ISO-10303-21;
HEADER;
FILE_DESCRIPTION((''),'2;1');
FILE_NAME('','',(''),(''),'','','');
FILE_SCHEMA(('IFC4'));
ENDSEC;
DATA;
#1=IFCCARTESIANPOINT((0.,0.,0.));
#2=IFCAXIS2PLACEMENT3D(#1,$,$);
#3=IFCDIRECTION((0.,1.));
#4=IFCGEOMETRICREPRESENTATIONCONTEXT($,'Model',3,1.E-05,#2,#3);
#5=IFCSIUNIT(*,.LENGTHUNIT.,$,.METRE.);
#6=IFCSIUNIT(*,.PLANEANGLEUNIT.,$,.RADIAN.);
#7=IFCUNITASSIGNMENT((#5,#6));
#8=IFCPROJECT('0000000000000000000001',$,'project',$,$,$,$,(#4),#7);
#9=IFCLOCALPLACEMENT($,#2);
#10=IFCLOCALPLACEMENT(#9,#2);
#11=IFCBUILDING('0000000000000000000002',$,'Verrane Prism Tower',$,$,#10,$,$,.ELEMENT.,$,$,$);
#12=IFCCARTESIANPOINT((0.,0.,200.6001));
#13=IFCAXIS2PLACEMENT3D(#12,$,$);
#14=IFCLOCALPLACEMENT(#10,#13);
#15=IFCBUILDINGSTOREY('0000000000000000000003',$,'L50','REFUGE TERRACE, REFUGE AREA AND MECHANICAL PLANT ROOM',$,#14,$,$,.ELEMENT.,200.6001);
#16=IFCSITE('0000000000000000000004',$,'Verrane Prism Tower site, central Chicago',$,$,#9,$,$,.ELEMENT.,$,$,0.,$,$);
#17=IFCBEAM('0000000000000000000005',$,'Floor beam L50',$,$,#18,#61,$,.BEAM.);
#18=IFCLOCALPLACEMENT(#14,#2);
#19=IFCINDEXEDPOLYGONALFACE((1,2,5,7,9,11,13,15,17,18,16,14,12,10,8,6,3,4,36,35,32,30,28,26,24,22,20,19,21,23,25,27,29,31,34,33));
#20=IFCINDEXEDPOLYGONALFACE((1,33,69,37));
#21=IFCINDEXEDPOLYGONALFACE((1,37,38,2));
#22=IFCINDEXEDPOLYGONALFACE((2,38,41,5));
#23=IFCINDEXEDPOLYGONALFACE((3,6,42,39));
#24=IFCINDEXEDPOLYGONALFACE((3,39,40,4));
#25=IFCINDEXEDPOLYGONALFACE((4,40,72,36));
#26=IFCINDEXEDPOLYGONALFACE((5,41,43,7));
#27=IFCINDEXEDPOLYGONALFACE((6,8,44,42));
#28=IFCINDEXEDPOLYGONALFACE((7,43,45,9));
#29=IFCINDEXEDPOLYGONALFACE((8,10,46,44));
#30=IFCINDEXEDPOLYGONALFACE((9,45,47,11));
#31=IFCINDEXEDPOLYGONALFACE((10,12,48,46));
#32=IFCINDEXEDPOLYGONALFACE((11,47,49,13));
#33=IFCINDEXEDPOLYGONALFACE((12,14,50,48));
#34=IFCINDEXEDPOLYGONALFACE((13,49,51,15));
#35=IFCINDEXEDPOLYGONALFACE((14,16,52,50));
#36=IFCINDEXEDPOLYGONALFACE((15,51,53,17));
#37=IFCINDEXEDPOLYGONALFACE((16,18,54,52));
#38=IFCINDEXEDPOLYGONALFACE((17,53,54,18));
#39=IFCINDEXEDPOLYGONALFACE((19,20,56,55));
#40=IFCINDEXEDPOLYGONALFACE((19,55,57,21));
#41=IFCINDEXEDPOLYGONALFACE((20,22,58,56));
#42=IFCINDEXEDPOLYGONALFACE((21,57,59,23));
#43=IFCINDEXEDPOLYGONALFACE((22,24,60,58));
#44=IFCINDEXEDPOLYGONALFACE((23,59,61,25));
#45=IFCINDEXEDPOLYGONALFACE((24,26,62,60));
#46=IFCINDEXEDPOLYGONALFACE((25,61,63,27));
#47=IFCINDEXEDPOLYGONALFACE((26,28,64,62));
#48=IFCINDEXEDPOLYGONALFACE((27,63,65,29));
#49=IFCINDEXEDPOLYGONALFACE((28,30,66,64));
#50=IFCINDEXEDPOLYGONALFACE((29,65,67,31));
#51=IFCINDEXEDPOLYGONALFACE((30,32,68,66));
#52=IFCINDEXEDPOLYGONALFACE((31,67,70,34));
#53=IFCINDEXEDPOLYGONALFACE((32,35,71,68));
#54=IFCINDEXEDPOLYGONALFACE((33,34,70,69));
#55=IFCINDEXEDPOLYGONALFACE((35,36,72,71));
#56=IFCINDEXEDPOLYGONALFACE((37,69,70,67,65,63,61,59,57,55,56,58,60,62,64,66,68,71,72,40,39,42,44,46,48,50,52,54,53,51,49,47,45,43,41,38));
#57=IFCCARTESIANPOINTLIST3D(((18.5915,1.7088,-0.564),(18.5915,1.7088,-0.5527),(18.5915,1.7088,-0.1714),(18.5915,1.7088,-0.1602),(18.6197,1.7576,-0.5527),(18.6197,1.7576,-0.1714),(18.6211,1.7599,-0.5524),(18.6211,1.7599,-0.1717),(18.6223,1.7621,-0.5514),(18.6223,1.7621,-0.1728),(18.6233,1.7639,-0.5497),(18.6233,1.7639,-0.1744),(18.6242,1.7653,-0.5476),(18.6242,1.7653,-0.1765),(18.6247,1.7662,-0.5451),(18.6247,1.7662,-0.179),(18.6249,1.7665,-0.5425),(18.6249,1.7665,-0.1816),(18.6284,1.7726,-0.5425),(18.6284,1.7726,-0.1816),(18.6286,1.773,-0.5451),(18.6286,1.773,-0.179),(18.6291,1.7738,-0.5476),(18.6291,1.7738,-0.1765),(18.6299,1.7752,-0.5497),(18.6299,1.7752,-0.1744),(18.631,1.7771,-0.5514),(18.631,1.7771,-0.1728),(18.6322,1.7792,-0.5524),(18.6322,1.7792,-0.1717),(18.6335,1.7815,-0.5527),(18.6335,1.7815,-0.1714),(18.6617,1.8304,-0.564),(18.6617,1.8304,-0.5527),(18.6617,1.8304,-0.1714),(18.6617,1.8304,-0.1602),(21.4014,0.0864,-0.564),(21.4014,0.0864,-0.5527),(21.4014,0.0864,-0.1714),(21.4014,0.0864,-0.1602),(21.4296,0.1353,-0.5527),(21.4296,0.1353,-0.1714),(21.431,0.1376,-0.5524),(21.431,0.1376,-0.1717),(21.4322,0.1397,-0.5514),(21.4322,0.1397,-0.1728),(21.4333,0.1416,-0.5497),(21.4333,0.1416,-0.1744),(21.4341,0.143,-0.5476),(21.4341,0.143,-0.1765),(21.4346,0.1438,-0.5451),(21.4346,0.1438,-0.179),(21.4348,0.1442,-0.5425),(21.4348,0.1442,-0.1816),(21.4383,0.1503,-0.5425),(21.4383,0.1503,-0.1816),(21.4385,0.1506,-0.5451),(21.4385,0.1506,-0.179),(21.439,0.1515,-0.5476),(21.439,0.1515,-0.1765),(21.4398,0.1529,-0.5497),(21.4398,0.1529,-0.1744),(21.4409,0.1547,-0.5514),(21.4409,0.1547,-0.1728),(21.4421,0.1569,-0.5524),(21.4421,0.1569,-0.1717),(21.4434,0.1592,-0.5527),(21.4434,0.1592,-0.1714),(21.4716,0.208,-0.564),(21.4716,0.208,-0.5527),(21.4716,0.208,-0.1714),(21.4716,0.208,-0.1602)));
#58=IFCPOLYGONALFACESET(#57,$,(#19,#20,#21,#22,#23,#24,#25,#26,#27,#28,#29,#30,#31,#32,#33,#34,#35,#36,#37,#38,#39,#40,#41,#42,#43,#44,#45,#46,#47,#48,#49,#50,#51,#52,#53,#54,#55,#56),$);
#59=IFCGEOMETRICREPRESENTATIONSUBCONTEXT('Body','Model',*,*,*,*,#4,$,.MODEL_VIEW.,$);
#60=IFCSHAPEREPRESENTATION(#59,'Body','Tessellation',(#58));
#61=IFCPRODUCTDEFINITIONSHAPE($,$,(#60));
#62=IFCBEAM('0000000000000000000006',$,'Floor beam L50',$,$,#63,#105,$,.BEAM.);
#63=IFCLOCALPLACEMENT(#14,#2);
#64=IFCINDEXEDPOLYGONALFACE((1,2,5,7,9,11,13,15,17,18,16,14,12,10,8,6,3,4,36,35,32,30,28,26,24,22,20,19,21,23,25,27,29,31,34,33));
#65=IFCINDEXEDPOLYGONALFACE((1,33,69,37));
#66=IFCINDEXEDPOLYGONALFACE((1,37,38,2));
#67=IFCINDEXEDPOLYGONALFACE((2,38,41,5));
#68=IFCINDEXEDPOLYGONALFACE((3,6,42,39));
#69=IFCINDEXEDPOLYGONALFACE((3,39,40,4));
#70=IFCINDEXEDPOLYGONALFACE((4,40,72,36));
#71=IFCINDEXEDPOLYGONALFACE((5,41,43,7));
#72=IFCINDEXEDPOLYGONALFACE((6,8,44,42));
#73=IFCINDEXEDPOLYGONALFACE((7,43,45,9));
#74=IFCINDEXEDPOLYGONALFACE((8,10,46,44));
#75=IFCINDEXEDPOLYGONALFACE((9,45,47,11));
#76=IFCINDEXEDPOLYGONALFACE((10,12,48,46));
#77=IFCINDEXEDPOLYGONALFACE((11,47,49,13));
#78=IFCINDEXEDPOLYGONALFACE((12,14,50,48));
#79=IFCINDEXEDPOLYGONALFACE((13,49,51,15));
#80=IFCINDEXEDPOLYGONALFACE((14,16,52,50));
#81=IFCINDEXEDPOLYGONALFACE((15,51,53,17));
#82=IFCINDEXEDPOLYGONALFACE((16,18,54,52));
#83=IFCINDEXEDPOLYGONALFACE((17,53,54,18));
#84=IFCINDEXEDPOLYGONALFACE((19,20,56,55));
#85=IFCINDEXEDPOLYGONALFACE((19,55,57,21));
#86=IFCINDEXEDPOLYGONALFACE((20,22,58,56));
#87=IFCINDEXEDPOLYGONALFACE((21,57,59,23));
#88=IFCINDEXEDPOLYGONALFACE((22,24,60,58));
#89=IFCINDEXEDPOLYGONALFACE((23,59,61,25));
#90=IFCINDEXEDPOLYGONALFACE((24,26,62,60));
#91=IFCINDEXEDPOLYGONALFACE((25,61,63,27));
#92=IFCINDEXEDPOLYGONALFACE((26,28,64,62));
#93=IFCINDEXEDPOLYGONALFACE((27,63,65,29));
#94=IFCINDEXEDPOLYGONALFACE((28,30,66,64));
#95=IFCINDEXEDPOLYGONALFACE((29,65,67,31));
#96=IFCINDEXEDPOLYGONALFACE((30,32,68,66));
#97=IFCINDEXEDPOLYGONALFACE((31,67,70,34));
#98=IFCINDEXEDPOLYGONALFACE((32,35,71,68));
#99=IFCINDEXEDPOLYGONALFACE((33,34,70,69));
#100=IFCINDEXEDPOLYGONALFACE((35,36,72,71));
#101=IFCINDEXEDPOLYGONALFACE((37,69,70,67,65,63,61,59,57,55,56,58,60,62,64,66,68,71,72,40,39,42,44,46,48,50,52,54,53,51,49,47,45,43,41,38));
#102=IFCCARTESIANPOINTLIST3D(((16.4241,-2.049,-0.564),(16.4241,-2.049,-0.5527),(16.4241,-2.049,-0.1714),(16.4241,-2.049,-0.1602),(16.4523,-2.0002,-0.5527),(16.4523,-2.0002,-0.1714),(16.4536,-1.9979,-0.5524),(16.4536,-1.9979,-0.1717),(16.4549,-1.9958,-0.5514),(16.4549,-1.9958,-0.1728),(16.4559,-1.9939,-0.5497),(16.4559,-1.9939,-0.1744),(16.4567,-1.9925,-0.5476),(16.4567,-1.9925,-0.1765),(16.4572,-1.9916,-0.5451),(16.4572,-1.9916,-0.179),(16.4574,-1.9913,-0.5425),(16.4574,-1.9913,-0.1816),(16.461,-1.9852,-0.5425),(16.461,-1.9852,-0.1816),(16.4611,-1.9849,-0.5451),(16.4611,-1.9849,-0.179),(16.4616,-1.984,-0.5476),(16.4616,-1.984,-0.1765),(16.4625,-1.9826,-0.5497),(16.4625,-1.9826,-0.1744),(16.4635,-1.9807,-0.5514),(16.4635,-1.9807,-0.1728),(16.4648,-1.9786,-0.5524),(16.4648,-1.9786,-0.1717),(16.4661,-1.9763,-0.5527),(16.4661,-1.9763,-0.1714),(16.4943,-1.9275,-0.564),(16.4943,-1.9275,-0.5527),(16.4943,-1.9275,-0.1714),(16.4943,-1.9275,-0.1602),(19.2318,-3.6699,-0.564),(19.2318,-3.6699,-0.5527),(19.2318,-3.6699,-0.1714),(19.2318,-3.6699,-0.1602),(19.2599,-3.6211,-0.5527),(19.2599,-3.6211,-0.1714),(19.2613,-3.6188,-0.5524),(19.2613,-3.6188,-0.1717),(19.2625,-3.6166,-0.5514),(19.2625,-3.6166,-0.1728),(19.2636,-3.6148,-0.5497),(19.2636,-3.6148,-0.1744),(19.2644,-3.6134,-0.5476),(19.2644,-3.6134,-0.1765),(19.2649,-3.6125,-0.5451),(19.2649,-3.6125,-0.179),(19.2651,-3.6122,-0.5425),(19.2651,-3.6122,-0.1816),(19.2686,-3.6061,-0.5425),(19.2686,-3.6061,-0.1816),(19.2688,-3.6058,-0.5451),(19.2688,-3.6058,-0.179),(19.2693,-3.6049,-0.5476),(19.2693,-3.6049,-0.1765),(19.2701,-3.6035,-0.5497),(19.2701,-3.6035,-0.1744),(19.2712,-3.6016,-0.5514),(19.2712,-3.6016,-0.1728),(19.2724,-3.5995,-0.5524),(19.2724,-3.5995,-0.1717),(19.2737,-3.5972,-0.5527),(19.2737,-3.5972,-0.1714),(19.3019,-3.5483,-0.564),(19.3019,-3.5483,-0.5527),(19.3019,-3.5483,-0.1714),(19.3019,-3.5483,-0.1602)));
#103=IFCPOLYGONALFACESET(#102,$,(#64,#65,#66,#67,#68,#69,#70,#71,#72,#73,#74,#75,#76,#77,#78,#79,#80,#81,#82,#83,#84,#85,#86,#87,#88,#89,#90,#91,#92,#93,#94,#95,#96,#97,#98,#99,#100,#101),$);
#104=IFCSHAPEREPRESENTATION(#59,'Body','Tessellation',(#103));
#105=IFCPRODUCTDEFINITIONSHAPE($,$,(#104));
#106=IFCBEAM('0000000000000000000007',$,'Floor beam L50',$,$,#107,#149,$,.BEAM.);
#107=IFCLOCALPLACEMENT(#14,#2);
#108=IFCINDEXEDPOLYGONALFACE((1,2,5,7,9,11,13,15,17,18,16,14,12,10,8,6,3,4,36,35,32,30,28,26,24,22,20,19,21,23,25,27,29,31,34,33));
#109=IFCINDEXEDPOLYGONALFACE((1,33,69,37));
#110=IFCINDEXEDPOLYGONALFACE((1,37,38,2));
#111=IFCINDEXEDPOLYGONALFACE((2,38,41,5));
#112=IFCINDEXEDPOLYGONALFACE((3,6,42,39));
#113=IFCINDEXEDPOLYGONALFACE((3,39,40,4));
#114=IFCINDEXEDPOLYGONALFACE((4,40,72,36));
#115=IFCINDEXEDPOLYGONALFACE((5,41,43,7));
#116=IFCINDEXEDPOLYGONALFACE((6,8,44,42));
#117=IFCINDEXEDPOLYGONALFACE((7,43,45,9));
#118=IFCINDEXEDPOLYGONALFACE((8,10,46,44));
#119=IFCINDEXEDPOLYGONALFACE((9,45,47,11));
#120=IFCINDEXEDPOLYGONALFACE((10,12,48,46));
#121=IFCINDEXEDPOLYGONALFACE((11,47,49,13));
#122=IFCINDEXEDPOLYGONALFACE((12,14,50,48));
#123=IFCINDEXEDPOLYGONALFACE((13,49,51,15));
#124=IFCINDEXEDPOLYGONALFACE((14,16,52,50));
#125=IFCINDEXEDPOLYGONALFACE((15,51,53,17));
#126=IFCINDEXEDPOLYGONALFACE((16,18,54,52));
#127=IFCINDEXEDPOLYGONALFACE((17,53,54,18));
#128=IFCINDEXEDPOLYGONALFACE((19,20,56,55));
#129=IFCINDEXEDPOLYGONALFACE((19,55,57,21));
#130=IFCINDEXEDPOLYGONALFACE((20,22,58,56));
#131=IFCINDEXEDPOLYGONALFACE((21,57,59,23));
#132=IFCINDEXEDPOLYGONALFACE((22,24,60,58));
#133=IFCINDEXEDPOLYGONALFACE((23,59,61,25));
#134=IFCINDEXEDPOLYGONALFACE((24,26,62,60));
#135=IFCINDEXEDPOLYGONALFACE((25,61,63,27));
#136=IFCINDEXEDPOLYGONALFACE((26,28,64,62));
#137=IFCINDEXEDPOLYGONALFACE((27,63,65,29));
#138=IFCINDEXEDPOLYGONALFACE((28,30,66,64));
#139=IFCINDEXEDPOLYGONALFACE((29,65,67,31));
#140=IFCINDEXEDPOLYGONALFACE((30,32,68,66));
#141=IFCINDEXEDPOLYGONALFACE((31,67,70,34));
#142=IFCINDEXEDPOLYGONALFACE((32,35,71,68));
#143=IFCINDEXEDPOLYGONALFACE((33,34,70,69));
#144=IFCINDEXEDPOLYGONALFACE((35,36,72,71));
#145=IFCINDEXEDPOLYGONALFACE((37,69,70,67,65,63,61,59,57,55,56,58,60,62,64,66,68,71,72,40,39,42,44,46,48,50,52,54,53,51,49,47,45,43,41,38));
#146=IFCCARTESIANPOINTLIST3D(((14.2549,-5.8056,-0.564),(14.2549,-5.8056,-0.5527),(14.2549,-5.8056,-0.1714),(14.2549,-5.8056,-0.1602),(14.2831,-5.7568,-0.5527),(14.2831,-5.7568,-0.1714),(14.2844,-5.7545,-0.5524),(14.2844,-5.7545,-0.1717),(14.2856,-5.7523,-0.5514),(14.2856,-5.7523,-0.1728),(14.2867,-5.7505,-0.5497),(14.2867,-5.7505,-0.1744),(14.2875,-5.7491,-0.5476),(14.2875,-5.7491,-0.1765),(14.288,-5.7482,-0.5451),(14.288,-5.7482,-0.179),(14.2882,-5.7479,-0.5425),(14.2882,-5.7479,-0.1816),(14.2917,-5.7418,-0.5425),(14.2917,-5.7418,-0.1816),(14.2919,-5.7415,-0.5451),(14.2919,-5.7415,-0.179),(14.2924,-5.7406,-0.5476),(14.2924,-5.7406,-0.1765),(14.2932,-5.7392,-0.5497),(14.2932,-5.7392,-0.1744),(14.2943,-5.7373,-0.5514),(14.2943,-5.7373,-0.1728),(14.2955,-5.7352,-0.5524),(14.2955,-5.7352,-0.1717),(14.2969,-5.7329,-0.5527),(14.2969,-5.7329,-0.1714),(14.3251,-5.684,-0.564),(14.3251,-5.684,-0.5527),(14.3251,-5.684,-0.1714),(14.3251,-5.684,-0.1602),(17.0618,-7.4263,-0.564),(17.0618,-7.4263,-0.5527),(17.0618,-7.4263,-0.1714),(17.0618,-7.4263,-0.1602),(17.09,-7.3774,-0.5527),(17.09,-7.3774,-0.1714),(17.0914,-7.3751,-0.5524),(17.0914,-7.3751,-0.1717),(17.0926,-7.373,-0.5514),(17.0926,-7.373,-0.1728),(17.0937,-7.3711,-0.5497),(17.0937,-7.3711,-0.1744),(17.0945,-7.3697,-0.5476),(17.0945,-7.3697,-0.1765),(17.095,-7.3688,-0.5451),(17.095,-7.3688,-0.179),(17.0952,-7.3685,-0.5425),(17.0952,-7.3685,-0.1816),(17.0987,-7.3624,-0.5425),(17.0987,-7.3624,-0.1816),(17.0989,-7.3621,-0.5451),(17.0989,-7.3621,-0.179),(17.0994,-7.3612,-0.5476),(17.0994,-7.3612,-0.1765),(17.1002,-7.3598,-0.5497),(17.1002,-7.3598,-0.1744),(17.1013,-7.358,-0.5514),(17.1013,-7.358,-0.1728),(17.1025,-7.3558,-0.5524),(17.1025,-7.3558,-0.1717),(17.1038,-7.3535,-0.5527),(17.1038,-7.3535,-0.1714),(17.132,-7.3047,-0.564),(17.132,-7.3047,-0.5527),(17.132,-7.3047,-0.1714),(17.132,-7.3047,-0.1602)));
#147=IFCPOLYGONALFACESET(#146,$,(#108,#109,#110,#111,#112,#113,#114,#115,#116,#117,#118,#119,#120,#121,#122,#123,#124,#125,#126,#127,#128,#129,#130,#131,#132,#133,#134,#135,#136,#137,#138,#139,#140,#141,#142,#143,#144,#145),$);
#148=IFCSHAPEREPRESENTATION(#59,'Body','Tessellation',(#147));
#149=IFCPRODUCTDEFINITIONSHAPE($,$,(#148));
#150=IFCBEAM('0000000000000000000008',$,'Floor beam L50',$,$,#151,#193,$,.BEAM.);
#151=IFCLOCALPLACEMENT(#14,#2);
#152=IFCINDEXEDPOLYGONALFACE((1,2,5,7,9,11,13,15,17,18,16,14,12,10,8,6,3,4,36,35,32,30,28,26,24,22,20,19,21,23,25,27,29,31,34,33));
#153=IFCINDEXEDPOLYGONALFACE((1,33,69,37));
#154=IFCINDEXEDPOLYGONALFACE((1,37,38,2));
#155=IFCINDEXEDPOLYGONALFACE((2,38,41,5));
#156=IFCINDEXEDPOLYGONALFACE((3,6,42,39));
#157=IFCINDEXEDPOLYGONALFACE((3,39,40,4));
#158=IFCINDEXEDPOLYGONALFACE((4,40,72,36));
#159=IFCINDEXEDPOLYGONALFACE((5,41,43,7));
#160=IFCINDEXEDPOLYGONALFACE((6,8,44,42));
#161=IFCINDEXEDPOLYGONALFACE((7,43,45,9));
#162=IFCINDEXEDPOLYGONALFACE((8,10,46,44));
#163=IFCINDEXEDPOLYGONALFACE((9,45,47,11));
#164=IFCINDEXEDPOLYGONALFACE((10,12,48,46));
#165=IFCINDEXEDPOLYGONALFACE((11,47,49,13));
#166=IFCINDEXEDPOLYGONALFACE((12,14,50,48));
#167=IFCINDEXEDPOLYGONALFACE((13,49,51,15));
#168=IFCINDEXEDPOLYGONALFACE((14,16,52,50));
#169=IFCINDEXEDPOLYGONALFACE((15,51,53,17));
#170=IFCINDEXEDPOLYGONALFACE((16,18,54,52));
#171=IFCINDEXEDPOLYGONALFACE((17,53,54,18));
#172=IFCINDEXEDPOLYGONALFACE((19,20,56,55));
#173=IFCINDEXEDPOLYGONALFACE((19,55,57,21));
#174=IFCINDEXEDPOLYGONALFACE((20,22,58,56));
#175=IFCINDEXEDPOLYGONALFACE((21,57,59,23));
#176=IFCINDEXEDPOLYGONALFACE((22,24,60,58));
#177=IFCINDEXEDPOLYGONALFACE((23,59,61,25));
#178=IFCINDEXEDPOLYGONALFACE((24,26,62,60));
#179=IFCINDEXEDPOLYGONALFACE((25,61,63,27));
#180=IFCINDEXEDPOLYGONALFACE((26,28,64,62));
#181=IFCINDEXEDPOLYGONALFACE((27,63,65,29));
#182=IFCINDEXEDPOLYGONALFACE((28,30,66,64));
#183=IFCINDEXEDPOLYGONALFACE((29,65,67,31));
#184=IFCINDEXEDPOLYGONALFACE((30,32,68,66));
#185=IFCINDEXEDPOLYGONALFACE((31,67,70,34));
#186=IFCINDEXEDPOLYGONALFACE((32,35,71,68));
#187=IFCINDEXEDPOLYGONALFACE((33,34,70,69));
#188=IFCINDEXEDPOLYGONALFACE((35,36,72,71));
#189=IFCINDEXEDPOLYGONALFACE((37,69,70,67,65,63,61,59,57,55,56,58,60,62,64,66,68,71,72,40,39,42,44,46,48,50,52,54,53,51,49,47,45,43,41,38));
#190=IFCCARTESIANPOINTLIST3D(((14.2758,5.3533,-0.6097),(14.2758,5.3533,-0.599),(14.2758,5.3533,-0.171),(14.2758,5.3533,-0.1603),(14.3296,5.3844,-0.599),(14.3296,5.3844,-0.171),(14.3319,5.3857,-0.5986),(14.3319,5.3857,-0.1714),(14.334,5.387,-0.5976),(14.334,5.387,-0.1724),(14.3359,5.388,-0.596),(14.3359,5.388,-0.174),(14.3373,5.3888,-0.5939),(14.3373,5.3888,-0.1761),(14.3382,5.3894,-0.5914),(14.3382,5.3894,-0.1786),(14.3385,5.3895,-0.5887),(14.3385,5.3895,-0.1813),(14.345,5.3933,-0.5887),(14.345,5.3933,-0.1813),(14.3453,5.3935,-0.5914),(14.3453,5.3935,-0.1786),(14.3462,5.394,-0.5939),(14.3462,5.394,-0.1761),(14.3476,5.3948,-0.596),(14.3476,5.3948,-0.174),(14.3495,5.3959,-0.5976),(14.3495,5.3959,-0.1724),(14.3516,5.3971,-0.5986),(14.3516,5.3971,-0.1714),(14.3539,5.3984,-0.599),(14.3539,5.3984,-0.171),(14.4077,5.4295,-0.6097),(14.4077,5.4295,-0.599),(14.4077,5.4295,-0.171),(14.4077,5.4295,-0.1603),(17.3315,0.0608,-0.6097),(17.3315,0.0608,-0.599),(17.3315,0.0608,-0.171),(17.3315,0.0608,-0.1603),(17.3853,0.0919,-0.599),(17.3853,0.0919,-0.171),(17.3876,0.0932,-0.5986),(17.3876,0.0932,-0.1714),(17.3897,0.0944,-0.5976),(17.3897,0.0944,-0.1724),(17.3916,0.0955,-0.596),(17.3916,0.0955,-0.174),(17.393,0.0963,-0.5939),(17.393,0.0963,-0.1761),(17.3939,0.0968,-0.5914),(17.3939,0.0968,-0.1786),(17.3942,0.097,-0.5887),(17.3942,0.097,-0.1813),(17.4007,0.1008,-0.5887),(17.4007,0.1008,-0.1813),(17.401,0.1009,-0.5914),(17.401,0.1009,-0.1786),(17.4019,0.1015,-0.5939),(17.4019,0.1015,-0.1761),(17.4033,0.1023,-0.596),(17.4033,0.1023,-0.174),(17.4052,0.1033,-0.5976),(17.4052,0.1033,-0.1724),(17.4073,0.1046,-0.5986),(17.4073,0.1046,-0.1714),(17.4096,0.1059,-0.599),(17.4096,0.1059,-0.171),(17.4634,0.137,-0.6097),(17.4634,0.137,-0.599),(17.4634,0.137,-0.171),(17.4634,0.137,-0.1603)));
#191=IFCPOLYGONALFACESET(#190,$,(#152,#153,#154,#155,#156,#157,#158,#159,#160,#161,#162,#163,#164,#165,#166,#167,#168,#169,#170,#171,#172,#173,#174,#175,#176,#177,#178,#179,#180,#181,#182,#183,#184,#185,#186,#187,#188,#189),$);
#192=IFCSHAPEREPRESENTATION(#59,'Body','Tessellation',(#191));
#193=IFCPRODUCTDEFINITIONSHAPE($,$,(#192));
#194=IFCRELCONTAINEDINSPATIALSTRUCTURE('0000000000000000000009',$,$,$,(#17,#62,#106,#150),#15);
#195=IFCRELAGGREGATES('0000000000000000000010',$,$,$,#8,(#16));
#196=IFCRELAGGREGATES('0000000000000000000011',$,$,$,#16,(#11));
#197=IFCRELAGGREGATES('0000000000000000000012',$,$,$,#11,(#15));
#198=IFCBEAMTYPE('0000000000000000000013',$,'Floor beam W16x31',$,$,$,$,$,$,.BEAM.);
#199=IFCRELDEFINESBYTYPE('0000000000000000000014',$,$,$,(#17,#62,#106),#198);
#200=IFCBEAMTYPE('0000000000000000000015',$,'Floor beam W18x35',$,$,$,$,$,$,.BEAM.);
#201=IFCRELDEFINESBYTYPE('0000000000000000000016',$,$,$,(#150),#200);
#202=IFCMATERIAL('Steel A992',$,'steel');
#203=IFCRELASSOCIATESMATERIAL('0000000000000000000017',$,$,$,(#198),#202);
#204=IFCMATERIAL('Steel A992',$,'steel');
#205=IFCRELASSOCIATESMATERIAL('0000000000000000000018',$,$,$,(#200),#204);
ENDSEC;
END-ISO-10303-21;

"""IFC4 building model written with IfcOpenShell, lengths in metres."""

from ifc_helpers import new_model, si_unit, direction, frame, origin, origin_2d, place, context, subcontext, project, spatial, i_section, extrude, material, material_profile, profile_set, type_object, element, save


model = new_model("IFC4")

# Units and contexts
model_context = context("Model", 3, precision=1e-05, world=origin(), true_north=direction((0.0, 1.0)))
body_context = subcontext(model_context, "Body", "Model", "MODEL_VIEW")
ifc_project = project(units=[si_unit("LENGTHUNIT", "METRE"), si_unit("PLANEANGLEUNIT", "RADIAN")], contexts=[model_context])

# Site, building, storey
site_placement = place(None, origin())
site = spatial("IfcSite", under=ifc_project, at=site_placement, Name="Verrane Prism Tower site, central Chicago", CompositionType="ELEMENT", RefElevation=0.0)
building_placement = place(site_placement, origin())
building = spatial("IfcBuilding", under=site, at=building_placement, Name="Verrane Prism Tower", CompositionType="ELEMENT")
storey_placement = place(building_placement, frame((0.0, 0.0, 200.6001)))
storey = spatial("IfcBuildingStorey", under=building, at=storey_placement, Name="L50", Description="REFUGE TERRACE, REFUGE AREA AND MECHANICAL PLANT ROOM", CompositionType="ELEMENT", Elevation=200.6001)

# Beams
ifc_material_1 = material(Name="Steel A992", Category="steel")
ifc_material_profile_1 = material_profile(ifc_material_1, i_section(OverallWidth=0.1404, OverallDepth=0.4038, WebThickness=0.0071, FlangeThickness=0.0112, FilletRadius=0.0103, at=origin_2d()), Name="W16x31")
ifc_profile_set_1 = profile_set([ifc_material_profile_1], Name="Steel A992")
beam_type_1 = type_object("IfcBeamType", Name="Floor beam W16x31", PredefinedType="BEAM", material=ifc_profile_set_1)
beam_1_placement = place(storey_placement, frame((21.4365, 0.1472, -0.3621), z_axis=(-0.866016, 0.500016, 0.0), x_axis=(-0.500016, -0.866016, 0.0)))
element("IfcBeam", 1, at=beam_1_placement, inside=storey, type_object=beam_type_1, Name="Floor beam L50", PredefinedType="BEAM", context=body_context, shape_type="SweptSolid", body=[
    extrude(i_section(OverallWidth=0.1404, OverallDepth=0.4038, WebThickness=0.0071, FlangeThickness=0.0112, FilletRadius=0.0103, at=origin_2d()), origin(), (0.0, 0.0, 1.0), 3.2446),
])
beam_2_placement = place(storey_placement, frame((19.2668, -3.6091, -0.3621), z_axis=(-0.866043, 0.49997, 0.0), x_axis=(-0.49997, -0.866043, 0.0)))
element("IfcBeam", 2, at=beam_2_placement, inside=storey, type_object=beam_type_1, Name="Floor beam L50", PredefinedType="BEAM", context=body_context, shape_type="SweptSolid", body=[
    extrude(i_section(OverallWidth=0.1404, OverallDepth=0.4038, WebThickness=0.0071, FlangeThickness=0.0112, FilletRadius=0.0103, at=origin_2d()), origin(), (0.0, 0.0, 1.0), 3.2419),
])
beam_3_placement = place(storey_placement, frame((17.0969, -7.3655, -0.3621), z_axis=(-0.866019, 0.500012, 0.0), x_axis=(-0.500012, -0.866019, 0.0)))
element("IfcBeam", 3, at=beam_3_placement, inside=storey, type_object=beam_type_1, Name="Floor beam L50", PredefinedType="BEAM", context=body_context, shape_type="SweptSolid", body=[
    extrude(i_section(OverallWidth=0.1404, OverallDepth=0.4038, WebThickness=0.0071, FlangeThickness=0.0112, FilletRadius=0.0103, at=origin_2d()), origin(), (0.0, 0.0, 1.0), 3.2412),
])
ifc_material_2 = material(Name="Steel A992", Category="steel")
ifc_material_profile_2 = material_profile(ifc_material_2, i_section(OverallWidth=0.1523, OverallDepth=0.4495, WebThickness=0.0076, FlangeThickness=0.0107, FilletRadius=0.0103, at=origin_2d()), Name="W18x35")
ifc_profile_set_2 = profile_set([ifc_material_profile_2], Name="Steel A992")
beam_type_2 = type_object("IfcBeamType", Name="Floor beam W18x35", PredefinedType="BEAM", material=ifc_profile_set_2)
beam_4_placement = place(storey_placement, frame((17.3975, 0.0989, -0.385), z_axis=(-0.500006, 0.866022, 0.0), x_axis=(-0.866022, -0.500006, 0.0)))
element("IfcBeam", 4, at=beam_4_placement, inside=storey, type_object=beam_type_2, Name="Floor beam L50", PredefinedType="BEAM", context=body_context, shape_type="SweptSolid", body=[
    extrude(i_section(OverallWidth=0.1523, OverallDepth=0.4495, WebThickness=0.0076, FlangeThickness=0.0107, FilletRadius=0.0103, at=origin_2d()), origin(), (0.0, 0.0, 1.0), 6.1113),
])

save(model, "model.ifc")
